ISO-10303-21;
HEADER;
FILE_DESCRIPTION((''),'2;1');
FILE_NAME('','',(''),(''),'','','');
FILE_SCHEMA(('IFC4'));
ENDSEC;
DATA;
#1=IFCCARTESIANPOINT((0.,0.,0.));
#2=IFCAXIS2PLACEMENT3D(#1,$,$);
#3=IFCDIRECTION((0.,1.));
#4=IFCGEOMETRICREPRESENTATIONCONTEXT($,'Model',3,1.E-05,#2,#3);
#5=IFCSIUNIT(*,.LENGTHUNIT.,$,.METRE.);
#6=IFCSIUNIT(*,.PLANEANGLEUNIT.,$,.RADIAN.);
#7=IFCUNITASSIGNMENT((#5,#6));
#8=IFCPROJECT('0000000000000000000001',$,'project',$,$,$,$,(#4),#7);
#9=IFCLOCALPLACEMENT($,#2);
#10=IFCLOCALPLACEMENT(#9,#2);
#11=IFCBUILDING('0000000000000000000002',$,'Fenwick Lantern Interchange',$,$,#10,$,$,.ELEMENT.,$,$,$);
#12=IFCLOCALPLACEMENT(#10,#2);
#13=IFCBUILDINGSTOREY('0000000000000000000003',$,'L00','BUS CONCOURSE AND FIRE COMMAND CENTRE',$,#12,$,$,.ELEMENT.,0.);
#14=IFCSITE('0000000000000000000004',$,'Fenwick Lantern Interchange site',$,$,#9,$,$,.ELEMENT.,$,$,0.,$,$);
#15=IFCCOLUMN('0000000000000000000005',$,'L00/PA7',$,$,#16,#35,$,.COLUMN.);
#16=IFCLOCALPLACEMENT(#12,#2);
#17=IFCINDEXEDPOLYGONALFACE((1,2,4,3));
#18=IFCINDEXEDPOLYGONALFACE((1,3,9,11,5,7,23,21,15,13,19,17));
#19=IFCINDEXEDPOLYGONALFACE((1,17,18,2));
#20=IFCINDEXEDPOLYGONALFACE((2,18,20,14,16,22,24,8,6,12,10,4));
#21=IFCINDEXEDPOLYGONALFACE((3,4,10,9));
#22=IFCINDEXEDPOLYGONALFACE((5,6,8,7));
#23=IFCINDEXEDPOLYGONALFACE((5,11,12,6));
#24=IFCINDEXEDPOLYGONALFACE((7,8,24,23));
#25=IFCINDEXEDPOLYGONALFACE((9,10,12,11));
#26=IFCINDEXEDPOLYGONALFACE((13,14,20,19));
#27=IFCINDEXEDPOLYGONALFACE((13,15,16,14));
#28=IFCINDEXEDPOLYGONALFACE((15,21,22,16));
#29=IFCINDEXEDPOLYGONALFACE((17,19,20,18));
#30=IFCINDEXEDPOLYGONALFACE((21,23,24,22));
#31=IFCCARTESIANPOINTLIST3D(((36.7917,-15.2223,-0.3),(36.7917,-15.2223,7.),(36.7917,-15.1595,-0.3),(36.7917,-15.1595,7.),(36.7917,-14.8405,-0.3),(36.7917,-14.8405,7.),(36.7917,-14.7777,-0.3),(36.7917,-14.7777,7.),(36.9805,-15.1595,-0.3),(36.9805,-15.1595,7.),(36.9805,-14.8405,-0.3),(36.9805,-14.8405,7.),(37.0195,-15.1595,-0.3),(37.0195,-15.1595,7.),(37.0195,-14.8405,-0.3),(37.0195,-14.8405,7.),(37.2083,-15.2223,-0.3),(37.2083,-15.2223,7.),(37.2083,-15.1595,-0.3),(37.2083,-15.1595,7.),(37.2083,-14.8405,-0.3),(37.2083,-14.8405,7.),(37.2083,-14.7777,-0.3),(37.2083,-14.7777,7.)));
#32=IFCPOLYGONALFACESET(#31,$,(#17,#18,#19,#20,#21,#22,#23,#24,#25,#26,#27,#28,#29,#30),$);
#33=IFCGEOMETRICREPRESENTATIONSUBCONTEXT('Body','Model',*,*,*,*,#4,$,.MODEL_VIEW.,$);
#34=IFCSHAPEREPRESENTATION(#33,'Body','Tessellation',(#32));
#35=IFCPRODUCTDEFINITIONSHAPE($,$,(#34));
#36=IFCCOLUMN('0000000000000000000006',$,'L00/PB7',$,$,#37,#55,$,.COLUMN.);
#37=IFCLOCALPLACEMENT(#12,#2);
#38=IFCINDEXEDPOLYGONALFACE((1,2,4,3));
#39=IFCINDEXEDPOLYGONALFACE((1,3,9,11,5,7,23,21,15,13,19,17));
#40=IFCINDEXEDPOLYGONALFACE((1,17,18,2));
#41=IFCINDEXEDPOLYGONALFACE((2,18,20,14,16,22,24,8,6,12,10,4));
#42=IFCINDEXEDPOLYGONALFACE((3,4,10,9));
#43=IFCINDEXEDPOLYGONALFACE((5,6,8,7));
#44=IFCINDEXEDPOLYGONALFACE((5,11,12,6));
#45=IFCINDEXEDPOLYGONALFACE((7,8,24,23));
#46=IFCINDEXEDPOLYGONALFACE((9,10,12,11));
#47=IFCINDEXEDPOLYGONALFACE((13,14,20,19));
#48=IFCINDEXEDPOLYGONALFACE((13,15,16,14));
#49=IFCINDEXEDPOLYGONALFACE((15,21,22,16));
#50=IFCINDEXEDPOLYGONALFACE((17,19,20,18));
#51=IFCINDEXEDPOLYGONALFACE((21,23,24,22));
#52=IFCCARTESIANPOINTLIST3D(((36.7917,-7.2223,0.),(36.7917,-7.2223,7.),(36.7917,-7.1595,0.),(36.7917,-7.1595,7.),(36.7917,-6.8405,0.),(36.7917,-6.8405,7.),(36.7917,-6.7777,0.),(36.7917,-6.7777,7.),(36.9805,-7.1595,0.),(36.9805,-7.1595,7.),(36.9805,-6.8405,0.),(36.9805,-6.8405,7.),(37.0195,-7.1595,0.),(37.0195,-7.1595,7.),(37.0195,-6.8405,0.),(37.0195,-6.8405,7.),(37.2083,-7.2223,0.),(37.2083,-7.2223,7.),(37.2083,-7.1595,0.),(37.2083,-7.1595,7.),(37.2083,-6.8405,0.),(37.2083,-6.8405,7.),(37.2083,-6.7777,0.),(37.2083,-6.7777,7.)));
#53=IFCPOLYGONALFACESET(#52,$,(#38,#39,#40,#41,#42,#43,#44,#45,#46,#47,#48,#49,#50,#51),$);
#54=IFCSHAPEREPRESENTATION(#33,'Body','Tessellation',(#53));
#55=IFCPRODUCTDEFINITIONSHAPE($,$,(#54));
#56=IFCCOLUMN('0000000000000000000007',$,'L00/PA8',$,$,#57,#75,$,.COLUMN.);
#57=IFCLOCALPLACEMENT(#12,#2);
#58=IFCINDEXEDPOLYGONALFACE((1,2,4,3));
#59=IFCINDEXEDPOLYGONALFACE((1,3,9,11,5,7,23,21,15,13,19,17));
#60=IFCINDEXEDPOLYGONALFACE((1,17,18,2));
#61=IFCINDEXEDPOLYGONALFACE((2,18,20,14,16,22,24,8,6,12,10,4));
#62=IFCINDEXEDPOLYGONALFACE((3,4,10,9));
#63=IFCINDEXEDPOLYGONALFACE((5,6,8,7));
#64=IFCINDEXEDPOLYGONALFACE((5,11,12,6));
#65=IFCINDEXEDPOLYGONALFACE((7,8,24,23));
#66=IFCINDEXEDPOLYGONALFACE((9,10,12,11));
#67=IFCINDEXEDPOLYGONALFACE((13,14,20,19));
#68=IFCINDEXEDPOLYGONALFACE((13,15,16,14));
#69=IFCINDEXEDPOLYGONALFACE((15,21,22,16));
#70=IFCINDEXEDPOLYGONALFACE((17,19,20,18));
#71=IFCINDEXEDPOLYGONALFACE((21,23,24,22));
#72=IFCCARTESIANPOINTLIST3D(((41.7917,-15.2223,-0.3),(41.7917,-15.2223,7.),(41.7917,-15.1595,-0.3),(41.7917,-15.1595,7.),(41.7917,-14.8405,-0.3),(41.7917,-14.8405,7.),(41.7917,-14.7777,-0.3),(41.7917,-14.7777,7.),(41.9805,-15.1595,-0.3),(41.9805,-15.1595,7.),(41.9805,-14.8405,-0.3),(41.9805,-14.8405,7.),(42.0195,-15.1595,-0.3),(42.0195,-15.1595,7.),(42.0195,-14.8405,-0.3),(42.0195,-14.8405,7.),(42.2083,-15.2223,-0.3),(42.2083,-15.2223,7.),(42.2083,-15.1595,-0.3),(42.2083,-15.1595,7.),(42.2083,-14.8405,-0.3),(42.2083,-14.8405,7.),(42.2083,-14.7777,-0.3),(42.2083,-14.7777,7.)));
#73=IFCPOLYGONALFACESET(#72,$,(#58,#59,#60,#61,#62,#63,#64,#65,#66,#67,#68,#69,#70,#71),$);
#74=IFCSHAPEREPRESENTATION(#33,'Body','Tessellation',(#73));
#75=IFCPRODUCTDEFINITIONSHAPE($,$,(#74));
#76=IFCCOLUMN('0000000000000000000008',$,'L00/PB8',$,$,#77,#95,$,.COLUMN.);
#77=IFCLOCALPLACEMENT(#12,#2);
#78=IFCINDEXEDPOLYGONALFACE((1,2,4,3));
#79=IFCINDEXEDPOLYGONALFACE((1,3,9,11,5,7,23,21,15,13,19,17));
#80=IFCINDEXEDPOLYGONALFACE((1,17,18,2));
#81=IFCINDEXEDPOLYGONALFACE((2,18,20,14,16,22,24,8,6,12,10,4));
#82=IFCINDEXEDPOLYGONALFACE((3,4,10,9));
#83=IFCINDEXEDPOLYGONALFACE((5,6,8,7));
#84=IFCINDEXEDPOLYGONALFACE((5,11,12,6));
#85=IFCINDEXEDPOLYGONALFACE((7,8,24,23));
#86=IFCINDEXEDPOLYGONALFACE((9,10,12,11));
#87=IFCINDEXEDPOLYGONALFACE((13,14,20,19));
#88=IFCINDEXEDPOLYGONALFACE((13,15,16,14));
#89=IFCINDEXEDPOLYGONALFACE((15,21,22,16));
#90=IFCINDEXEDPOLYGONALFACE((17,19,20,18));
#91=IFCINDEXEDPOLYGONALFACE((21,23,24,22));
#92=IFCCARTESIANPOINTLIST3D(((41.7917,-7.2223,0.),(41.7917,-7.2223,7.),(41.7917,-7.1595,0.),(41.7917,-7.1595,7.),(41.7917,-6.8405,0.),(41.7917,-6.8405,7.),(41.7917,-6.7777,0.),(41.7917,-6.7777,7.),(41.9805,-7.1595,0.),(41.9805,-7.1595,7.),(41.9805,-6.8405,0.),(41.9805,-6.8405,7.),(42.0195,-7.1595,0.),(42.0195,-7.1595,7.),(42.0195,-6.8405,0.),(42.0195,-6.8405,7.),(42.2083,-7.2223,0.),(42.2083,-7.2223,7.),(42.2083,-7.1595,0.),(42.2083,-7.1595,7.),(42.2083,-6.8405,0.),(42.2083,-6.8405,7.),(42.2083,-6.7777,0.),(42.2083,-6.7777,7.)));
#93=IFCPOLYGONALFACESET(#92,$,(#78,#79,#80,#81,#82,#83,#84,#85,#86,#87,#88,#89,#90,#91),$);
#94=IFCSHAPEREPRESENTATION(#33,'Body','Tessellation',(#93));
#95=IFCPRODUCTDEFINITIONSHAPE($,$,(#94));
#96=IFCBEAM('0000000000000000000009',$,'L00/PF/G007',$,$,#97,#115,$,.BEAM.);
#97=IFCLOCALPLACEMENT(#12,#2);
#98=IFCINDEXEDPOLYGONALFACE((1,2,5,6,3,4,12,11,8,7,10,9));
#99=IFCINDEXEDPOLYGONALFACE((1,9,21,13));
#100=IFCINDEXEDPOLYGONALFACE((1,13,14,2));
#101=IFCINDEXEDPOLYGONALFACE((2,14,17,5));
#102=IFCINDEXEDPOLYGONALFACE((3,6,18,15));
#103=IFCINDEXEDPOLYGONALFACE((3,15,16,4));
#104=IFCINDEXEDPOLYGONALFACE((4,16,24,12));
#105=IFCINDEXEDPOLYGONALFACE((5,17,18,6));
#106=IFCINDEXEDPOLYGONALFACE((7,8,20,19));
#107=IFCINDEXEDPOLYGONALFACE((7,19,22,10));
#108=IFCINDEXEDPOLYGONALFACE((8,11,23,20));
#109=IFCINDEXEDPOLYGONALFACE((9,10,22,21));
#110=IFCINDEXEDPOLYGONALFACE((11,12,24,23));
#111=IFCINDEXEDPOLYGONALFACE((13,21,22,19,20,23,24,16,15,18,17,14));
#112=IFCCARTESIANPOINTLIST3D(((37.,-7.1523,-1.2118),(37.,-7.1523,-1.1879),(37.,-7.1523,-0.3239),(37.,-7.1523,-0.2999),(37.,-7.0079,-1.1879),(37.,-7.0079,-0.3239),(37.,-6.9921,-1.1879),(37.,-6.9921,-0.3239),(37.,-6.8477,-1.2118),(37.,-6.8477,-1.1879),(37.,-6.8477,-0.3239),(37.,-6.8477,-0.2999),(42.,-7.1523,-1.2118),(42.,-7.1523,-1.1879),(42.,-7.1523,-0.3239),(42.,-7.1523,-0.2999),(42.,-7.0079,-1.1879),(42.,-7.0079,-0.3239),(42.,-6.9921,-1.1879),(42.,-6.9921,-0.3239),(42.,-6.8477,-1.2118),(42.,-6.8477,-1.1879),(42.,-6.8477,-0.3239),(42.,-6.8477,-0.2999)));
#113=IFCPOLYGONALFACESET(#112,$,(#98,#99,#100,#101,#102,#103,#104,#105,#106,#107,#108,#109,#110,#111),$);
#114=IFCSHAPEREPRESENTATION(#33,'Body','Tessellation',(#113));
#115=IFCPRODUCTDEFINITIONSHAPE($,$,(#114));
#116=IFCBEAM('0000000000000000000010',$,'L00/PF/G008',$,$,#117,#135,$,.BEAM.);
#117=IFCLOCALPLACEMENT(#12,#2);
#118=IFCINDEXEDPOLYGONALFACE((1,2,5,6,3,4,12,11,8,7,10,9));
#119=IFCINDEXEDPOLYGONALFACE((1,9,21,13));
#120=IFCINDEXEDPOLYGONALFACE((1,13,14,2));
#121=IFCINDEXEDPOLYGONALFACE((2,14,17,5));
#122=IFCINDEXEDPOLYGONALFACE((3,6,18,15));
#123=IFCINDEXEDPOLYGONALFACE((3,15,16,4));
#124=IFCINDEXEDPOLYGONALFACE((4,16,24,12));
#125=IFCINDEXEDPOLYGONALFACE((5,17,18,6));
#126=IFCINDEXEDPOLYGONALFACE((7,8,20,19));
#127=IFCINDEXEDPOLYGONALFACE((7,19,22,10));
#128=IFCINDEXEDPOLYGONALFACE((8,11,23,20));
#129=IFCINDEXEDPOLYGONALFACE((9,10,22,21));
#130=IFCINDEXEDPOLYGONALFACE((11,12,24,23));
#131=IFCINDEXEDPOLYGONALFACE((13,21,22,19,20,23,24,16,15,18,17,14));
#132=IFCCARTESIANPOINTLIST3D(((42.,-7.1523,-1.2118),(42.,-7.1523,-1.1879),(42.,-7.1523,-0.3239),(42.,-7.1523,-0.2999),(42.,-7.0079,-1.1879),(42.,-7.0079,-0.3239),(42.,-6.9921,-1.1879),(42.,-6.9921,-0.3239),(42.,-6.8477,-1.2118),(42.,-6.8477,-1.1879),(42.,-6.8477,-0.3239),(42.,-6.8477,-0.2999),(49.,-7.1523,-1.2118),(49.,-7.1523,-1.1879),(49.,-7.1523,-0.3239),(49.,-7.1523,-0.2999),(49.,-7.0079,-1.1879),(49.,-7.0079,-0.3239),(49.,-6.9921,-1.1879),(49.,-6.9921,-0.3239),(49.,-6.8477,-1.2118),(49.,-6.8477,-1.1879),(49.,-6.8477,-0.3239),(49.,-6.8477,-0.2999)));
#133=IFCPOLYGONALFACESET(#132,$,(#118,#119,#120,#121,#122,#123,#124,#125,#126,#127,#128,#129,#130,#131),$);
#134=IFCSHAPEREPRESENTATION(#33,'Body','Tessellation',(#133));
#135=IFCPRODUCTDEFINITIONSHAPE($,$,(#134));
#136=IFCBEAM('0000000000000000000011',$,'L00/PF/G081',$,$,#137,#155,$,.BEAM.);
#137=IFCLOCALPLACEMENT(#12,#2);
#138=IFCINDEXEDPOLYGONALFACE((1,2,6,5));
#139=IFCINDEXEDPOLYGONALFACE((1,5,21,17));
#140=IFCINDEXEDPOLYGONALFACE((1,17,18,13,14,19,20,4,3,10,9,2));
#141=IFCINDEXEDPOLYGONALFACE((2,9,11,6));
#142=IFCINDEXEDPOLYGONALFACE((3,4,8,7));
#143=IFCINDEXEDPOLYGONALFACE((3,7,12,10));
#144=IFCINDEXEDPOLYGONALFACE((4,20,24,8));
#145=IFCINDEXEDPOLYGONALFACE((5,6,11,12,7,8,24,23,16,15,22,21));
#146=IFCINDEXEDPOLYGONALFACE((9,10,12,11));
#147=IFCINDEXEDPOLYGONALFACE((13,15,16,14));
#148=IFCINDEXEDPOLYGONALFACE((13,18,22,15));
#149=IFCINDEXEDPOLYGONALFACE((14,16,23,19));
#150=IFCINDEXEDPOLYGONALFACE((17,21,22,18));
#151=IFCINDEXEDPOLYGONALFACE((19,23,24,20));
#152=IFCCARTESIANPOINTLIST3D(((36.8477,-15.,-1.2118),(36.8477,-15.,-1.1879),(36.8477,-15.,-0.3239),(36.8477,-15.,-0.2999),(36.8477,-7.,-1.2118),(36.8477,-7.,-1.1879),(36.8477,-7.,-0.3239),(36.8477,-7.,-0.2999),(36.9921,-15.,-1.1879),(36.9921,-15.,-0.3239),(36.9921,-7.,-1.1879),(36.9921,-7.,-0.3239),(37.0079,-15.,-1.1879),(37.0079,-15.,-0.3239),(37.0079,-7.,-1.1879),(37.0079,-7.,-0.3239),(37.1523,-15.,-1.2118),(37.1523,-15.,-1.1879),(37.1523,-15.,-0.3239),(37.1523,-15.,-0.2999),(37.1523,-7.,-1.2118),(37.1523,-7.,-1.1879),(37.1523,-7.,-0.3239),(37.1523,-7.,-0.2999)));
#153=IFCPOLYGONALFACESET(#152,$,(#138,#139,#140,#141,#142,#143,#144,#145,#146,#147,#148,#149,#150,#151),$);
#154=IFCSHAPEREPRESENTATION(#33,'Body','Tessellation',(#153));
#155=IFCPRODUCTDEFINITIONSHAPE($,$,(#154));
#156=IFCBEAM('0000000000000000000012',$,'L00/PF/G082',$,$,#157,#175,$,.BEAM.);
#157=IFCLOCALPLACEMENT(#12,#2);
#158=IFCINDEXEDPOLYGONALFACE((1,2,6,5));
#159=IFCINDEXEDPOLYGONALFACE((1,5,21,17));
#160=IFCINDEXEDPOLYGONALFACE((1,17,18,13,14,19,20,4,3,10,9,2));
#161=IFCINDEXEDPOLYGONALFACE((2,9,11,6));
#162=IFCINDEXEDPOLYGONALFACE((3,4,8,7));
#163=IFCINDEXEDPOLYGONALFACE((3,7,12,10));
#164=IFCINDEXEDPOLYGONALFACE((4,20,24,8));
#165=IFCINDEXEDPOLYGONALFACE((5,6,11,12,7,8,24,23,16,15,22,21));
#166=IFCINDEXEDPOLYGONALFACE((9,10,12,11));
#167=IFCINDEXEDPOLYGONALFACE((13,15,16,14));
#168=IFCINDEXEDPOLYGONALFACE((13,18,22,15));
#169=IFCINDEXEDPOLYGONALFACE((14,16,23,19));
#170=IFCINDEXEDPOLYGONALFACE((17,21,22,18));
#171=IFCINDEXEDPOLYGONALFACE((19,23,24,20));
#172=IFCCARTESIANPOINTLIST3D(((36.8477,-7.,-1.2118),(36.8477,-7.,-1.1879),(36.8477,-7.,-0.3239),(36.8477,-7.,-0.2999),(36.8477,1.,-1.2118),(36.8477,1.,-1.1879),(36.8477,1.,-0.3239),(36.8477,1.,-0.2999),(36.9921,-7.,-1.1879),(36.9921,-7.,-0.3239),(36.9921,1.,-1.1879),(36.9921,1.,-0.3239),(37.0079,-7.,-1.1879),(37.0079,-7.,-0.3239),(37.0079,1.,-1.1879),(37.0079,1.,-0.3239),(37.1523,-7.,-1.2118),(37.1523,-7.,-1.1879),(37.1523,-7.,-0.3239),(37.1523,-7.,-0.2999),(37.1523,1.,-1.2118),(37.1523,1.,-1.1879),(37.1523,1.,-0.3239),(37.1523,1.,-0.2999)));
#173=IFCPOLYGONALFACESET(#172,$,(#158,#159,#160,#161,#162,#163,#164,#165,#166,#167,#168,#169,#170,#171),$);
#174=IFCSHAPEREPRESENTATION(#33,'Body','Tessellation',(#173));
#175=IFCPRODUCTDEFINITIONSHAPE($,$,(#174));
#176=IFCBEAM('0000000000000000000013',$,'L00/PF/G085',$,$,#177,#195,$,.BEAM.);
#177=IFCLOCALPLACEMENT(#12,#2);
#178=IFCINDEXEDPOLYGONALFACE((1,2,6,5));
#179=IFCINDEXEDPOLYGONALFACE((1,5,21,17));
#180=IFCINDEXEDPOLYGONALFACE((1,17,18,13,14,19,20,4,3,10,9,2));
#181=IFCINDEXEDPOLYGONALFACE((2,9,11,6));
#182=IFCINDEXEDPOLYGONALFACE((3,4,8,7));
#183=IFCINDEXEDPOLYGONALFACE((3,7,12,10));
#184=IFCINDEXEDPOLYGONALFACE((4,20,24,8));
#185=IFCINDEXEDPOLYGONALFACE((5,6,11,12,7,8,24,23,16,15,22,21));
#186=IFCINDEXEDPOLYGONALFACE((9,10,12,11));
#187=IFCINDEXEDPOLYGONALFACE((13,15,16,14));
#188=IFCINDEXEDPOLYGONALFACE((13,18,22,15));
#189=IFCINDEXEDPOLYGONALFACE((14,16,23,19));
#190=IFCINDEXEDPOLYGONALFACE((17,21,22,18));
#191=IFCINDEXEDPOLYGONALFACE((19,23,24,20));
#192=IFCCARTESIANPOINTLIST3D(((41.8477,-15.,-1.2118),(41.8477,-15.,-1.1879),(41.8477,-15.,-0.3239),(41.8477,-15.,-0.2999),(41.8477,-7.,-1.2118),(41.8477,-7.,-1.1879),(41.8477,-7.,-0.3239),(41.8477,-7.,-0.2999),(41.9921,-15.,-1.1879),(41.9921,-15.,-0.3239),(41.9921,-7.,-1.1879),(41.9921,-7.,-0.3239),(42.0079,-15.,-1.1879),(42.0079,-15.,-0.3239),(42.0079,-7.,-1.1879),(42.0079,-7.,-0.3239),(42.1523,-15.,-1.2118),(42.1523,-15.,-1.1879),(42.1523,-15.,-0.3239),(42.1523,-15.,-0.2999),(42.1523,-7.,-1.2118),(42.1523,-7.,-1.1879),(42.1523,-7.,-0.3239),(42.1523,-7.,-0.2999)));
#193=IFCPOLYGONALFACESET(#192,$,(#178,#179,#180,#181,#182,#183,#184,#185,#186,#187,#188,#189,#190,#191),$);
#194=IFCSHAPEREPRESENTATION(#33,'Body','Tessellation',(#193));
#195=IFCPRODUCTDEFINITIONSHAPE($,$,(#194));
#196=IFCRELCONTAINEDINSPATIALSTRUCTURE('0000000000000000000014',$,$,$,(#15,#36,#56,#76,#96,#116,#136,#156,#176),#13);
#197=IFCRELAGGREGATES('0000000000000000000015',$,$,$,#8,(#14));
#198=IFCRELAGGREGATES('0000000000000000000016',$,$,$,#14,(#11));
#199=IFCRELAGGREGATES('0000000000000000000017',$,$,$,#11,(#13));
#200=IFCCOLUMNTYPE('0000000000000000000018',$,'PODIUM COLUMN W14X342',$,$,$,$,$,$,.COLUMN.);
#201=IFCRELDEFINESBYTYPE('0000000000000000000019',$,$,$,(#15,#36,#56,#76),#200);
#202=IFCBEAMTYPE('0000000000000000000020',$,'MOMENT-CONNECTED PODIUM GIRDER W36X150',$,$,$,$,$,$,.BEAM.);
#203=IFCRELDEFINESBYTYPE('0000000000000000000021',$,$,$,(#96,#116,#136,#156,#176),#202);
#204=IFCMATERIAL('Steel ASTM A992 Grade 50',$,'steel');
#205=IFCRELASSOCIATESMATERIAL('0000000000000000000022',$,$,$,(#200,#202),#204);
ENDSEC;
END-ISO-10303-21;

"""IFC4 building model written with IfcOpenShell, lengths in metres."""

from ifc_helpers import new_model, si_unit, direction, frame, origin, origin_2d, place, context, subcontext, project, spatial, i_section, extrude, material, material_profile, profile_set, type_object, element, save


model = new_model("IFC4")

# Units and contexts
model_context = context("Model", 3, precision=1e-05, world=origin(), true_north=direction((0.0, 1.0)))
body_context = subcontext(model_context, "Body", "Model", "MODEL_VIEW")
ifc_project = project(units=[si_unit("LENGTHUNIT", "METRE"), si_unit("PLANEANGLEUNIT", "RADIAN")], contexts=[model_context])

# Site, building, storey
site_placement = place(None, origin())
site = spatial("IfcSite", under=ifc_project, at=site_placement, Name="Fenwick Lantern Interchange site", CompositionType="ELEMENT", RefElevation=0.0)
building_placement = place(site_placement, origin())
building = spatial("IfcBuilding", under=site, at=building_placement, Name="Fenwick Lantern Interchange", CompositionType="ELEMENT")
storey_placement = place(building_placement, origin())
storey = spatial("IfcBuildingStorey", under=building, at=storey_placement, Name="L00", Description="BUS CONCOURSE AND FIRE COMMAND CENTRE", CompositionType="ELEMENT", Elevation=0.0)

# Columns
ifc_material_1 = material(Name="Steel ASTM A992 Grade 50", Category="steel")
ifc_material_profile_1 = material_profile(ifc_material_1, i_section(OverallWidth=0.4165, OverallDepth=0.4446, WebThickness=0.0391, FlangeThickness=0.0627, at=origin_2d()), Name="W14X342")
ifc_profile_set_1 = profile_set([ifc_material_profile_1], Name="Steel ASTM A992 Grade 50")
column_type = type_object("IfcColumnType", Name="PODIUM COLUMN W14X342", PredefinedType="COLUMN", material=ifc_profile_set_1)
column_1_placement = place(storey_placement, frame((37.0, -15.0, -0.3), z_axis=(0.0, 0.0, 1.0), x_axis=(1.0, 0.0, 0.0)))
element("IfcColumn", 1, at=column_1_placement, inside=storey, type_object=column_type, Name="L00/PA7", PredefinedType="COLUMN", context=body_context, shape_type="SweptSolid", body=[
    extrude(i_section(OverallWidth=0.4165, OverallDepth=0.4446, WebThickness=0.0391, FlangeThickness=0.0627, at=origin_2d()), origin(), (0.0, 0.0, 1.0), 7.3),
])
column_2_placement = place(storey_placement, frame((37.0, -7.0, 0.0), z_axis=(0.0, 0.0, 1.0), x_axis=(1.0, 0.0, 0.0)))
element("IfcColumn", 2, at=column_2_placement, inside=storey, type_object=column_type, Name="L00/PB7", PredefinedType="COLUMN", context=body_context, shape_type="SweptSolid", body=[
    extrude(i_section(OverallWidth=0.4165, OverallDepth=0.4446, WebThickness=0.0391, FlangeThickness=0.0627, at=origin_2d()), origin(), (0.0, 0.0, 1.0), 7.0),
])
column_3_placement = place(storey_placement, frame((42.0, -15.0, -0.3), z_axis=(0.0, 0.0, 1.0), x_axis=(1.0, 0.0, 0.0)))
element("IfcColumn", 3, at=column_3_placement, inside=storey, type_object=column_type, Name="L00/PA8", PredefinedType="COLUMN", context=body_context, shape_type="SweptSolid", body=[
    extrude(i_section(OverallWidth=0.4165, OverallDepth=0.4446, WebThickness=0.0391, FlangeThickness=0.0627, at=origin_2d()), origin(), (0.0, 0.0, 1.0), 7.3),
])
column_4_placement = place(storey_placement, frame((42.0, -7.0, 0.0), z_axis=(0.0, 0.0, 1.0), x_axis=(1.0, 0.0, 0.0)))
element("IfcColumn", 4, at=column_4_placement, inside=storey, type_object=column_type, Name="L00/PB8", PredefinedType="COLUMN", context=body_context, shape_type="SweptSolid", body=[
    extrude(i_section(OverallWidth=0.4165, OverallDepth=0.4446, WebThickness=0.0391, FlangeThickness=0.0627, at=origin_2d()), origin(), (0.0, 0.0, 1.0), 7.0),
])

# Beams
ifc_material_profile_2 = material_profile(ifc_material_1, i_section(OverallWidth=0.3047, OverallDepth=0.9119, WebThickness=0.0159, FlangeThickness=0.0239, at=origin_2d()), Name="W36X150")
ifc_profile_set_2 = profile_set([ifc_material_profile_2], Name="Steel ASTM A992 Grade 50")
beam_type_1 = type_object("IfcBeamType", Name="MOMENT-CONNECTED PODIUM GIRDER W36X150", PredefinedType="BEAM", material=ifc_profile_set_2)
beam_1_placement = place(storey_placement, frame((37.0, -7.0, -0.7559), z_axis=(1.0, 0.0, 0.0), x_axis=(0.0, 1.0, 0.0)))
element("IfcBeam", 5, at=beam_1_placement, inside=storey, type_object=beam_type_1, Name="L00/PF/G007", PredefinedType="BEAM", context=body_context, shape_type="SweptSolid", body=[
    extrude(i_section(OverallWidth=0.3047, OverallDepth=0.9119, WebThickness=0.0159, FlangeThickness=0.0239, at=origin_2d()), origin(), (0.0, 0.0, 1.0), 5.0),
])
beam_2_placement = place(storey_placement, frame((42.0, -7.0, -0.7559), z_axis=(1.0, 0.0, 0.0), x_axis=(0.0, 1.0, 0.0)))
element("IfcBeam", 6, at=beam_2_placement, inside=storey, type_object=beam_type_1, Name="L00/PF/G008", PredefinedType="BEAM", context=body_context, shape_type="SweptSolid", body=[
    extrude(i_section(OverallWidth=0.3047, OverallDepth=0.9119, WebThickness=0.0159, FlangeThickness=0.0239, at=origin_2d()), origin(), (0.0, 0.0, 1.0), 7.0),
])
for number, where, z_axis, x_axis, name in (
    (7, (37.0, -15.0, -0.7559), (0.0, 1.0, 0.0), (-1.0, 0.0, 0.0), "L00/PF/G081"),
    (8, (37.0, -7.0, -0.7559), (0.0, 1.0, 0.0), (-1.0, 0.0, 0.0), "L00/PF/G082"),
    (9, (42.0, -15.0, -0.7559), (0.0, 1.0, 0.0), (-1.0, 0.0, 0.0), "L00/PF/G085"),
):
    element("IfcBeam", number, at=place(storey_placement, frame(where, z_axis=z_axis, x_axis=x_axis)), inside=storey, type_object=beam_type_1, Name=name, PredefinedType="BEAM", context=body_context, shape_type="SweptSolid", body=[
        extrude(i_section(OverallWidth=0.3047, OverallDepth=0.9119, WebThickness=0.0159, FlangeThickness=0.0239, at=origin_2d()), origin(), (0.0, 0.0, 1.0), 8.0),
    ])

save(model, "model.ifc")
